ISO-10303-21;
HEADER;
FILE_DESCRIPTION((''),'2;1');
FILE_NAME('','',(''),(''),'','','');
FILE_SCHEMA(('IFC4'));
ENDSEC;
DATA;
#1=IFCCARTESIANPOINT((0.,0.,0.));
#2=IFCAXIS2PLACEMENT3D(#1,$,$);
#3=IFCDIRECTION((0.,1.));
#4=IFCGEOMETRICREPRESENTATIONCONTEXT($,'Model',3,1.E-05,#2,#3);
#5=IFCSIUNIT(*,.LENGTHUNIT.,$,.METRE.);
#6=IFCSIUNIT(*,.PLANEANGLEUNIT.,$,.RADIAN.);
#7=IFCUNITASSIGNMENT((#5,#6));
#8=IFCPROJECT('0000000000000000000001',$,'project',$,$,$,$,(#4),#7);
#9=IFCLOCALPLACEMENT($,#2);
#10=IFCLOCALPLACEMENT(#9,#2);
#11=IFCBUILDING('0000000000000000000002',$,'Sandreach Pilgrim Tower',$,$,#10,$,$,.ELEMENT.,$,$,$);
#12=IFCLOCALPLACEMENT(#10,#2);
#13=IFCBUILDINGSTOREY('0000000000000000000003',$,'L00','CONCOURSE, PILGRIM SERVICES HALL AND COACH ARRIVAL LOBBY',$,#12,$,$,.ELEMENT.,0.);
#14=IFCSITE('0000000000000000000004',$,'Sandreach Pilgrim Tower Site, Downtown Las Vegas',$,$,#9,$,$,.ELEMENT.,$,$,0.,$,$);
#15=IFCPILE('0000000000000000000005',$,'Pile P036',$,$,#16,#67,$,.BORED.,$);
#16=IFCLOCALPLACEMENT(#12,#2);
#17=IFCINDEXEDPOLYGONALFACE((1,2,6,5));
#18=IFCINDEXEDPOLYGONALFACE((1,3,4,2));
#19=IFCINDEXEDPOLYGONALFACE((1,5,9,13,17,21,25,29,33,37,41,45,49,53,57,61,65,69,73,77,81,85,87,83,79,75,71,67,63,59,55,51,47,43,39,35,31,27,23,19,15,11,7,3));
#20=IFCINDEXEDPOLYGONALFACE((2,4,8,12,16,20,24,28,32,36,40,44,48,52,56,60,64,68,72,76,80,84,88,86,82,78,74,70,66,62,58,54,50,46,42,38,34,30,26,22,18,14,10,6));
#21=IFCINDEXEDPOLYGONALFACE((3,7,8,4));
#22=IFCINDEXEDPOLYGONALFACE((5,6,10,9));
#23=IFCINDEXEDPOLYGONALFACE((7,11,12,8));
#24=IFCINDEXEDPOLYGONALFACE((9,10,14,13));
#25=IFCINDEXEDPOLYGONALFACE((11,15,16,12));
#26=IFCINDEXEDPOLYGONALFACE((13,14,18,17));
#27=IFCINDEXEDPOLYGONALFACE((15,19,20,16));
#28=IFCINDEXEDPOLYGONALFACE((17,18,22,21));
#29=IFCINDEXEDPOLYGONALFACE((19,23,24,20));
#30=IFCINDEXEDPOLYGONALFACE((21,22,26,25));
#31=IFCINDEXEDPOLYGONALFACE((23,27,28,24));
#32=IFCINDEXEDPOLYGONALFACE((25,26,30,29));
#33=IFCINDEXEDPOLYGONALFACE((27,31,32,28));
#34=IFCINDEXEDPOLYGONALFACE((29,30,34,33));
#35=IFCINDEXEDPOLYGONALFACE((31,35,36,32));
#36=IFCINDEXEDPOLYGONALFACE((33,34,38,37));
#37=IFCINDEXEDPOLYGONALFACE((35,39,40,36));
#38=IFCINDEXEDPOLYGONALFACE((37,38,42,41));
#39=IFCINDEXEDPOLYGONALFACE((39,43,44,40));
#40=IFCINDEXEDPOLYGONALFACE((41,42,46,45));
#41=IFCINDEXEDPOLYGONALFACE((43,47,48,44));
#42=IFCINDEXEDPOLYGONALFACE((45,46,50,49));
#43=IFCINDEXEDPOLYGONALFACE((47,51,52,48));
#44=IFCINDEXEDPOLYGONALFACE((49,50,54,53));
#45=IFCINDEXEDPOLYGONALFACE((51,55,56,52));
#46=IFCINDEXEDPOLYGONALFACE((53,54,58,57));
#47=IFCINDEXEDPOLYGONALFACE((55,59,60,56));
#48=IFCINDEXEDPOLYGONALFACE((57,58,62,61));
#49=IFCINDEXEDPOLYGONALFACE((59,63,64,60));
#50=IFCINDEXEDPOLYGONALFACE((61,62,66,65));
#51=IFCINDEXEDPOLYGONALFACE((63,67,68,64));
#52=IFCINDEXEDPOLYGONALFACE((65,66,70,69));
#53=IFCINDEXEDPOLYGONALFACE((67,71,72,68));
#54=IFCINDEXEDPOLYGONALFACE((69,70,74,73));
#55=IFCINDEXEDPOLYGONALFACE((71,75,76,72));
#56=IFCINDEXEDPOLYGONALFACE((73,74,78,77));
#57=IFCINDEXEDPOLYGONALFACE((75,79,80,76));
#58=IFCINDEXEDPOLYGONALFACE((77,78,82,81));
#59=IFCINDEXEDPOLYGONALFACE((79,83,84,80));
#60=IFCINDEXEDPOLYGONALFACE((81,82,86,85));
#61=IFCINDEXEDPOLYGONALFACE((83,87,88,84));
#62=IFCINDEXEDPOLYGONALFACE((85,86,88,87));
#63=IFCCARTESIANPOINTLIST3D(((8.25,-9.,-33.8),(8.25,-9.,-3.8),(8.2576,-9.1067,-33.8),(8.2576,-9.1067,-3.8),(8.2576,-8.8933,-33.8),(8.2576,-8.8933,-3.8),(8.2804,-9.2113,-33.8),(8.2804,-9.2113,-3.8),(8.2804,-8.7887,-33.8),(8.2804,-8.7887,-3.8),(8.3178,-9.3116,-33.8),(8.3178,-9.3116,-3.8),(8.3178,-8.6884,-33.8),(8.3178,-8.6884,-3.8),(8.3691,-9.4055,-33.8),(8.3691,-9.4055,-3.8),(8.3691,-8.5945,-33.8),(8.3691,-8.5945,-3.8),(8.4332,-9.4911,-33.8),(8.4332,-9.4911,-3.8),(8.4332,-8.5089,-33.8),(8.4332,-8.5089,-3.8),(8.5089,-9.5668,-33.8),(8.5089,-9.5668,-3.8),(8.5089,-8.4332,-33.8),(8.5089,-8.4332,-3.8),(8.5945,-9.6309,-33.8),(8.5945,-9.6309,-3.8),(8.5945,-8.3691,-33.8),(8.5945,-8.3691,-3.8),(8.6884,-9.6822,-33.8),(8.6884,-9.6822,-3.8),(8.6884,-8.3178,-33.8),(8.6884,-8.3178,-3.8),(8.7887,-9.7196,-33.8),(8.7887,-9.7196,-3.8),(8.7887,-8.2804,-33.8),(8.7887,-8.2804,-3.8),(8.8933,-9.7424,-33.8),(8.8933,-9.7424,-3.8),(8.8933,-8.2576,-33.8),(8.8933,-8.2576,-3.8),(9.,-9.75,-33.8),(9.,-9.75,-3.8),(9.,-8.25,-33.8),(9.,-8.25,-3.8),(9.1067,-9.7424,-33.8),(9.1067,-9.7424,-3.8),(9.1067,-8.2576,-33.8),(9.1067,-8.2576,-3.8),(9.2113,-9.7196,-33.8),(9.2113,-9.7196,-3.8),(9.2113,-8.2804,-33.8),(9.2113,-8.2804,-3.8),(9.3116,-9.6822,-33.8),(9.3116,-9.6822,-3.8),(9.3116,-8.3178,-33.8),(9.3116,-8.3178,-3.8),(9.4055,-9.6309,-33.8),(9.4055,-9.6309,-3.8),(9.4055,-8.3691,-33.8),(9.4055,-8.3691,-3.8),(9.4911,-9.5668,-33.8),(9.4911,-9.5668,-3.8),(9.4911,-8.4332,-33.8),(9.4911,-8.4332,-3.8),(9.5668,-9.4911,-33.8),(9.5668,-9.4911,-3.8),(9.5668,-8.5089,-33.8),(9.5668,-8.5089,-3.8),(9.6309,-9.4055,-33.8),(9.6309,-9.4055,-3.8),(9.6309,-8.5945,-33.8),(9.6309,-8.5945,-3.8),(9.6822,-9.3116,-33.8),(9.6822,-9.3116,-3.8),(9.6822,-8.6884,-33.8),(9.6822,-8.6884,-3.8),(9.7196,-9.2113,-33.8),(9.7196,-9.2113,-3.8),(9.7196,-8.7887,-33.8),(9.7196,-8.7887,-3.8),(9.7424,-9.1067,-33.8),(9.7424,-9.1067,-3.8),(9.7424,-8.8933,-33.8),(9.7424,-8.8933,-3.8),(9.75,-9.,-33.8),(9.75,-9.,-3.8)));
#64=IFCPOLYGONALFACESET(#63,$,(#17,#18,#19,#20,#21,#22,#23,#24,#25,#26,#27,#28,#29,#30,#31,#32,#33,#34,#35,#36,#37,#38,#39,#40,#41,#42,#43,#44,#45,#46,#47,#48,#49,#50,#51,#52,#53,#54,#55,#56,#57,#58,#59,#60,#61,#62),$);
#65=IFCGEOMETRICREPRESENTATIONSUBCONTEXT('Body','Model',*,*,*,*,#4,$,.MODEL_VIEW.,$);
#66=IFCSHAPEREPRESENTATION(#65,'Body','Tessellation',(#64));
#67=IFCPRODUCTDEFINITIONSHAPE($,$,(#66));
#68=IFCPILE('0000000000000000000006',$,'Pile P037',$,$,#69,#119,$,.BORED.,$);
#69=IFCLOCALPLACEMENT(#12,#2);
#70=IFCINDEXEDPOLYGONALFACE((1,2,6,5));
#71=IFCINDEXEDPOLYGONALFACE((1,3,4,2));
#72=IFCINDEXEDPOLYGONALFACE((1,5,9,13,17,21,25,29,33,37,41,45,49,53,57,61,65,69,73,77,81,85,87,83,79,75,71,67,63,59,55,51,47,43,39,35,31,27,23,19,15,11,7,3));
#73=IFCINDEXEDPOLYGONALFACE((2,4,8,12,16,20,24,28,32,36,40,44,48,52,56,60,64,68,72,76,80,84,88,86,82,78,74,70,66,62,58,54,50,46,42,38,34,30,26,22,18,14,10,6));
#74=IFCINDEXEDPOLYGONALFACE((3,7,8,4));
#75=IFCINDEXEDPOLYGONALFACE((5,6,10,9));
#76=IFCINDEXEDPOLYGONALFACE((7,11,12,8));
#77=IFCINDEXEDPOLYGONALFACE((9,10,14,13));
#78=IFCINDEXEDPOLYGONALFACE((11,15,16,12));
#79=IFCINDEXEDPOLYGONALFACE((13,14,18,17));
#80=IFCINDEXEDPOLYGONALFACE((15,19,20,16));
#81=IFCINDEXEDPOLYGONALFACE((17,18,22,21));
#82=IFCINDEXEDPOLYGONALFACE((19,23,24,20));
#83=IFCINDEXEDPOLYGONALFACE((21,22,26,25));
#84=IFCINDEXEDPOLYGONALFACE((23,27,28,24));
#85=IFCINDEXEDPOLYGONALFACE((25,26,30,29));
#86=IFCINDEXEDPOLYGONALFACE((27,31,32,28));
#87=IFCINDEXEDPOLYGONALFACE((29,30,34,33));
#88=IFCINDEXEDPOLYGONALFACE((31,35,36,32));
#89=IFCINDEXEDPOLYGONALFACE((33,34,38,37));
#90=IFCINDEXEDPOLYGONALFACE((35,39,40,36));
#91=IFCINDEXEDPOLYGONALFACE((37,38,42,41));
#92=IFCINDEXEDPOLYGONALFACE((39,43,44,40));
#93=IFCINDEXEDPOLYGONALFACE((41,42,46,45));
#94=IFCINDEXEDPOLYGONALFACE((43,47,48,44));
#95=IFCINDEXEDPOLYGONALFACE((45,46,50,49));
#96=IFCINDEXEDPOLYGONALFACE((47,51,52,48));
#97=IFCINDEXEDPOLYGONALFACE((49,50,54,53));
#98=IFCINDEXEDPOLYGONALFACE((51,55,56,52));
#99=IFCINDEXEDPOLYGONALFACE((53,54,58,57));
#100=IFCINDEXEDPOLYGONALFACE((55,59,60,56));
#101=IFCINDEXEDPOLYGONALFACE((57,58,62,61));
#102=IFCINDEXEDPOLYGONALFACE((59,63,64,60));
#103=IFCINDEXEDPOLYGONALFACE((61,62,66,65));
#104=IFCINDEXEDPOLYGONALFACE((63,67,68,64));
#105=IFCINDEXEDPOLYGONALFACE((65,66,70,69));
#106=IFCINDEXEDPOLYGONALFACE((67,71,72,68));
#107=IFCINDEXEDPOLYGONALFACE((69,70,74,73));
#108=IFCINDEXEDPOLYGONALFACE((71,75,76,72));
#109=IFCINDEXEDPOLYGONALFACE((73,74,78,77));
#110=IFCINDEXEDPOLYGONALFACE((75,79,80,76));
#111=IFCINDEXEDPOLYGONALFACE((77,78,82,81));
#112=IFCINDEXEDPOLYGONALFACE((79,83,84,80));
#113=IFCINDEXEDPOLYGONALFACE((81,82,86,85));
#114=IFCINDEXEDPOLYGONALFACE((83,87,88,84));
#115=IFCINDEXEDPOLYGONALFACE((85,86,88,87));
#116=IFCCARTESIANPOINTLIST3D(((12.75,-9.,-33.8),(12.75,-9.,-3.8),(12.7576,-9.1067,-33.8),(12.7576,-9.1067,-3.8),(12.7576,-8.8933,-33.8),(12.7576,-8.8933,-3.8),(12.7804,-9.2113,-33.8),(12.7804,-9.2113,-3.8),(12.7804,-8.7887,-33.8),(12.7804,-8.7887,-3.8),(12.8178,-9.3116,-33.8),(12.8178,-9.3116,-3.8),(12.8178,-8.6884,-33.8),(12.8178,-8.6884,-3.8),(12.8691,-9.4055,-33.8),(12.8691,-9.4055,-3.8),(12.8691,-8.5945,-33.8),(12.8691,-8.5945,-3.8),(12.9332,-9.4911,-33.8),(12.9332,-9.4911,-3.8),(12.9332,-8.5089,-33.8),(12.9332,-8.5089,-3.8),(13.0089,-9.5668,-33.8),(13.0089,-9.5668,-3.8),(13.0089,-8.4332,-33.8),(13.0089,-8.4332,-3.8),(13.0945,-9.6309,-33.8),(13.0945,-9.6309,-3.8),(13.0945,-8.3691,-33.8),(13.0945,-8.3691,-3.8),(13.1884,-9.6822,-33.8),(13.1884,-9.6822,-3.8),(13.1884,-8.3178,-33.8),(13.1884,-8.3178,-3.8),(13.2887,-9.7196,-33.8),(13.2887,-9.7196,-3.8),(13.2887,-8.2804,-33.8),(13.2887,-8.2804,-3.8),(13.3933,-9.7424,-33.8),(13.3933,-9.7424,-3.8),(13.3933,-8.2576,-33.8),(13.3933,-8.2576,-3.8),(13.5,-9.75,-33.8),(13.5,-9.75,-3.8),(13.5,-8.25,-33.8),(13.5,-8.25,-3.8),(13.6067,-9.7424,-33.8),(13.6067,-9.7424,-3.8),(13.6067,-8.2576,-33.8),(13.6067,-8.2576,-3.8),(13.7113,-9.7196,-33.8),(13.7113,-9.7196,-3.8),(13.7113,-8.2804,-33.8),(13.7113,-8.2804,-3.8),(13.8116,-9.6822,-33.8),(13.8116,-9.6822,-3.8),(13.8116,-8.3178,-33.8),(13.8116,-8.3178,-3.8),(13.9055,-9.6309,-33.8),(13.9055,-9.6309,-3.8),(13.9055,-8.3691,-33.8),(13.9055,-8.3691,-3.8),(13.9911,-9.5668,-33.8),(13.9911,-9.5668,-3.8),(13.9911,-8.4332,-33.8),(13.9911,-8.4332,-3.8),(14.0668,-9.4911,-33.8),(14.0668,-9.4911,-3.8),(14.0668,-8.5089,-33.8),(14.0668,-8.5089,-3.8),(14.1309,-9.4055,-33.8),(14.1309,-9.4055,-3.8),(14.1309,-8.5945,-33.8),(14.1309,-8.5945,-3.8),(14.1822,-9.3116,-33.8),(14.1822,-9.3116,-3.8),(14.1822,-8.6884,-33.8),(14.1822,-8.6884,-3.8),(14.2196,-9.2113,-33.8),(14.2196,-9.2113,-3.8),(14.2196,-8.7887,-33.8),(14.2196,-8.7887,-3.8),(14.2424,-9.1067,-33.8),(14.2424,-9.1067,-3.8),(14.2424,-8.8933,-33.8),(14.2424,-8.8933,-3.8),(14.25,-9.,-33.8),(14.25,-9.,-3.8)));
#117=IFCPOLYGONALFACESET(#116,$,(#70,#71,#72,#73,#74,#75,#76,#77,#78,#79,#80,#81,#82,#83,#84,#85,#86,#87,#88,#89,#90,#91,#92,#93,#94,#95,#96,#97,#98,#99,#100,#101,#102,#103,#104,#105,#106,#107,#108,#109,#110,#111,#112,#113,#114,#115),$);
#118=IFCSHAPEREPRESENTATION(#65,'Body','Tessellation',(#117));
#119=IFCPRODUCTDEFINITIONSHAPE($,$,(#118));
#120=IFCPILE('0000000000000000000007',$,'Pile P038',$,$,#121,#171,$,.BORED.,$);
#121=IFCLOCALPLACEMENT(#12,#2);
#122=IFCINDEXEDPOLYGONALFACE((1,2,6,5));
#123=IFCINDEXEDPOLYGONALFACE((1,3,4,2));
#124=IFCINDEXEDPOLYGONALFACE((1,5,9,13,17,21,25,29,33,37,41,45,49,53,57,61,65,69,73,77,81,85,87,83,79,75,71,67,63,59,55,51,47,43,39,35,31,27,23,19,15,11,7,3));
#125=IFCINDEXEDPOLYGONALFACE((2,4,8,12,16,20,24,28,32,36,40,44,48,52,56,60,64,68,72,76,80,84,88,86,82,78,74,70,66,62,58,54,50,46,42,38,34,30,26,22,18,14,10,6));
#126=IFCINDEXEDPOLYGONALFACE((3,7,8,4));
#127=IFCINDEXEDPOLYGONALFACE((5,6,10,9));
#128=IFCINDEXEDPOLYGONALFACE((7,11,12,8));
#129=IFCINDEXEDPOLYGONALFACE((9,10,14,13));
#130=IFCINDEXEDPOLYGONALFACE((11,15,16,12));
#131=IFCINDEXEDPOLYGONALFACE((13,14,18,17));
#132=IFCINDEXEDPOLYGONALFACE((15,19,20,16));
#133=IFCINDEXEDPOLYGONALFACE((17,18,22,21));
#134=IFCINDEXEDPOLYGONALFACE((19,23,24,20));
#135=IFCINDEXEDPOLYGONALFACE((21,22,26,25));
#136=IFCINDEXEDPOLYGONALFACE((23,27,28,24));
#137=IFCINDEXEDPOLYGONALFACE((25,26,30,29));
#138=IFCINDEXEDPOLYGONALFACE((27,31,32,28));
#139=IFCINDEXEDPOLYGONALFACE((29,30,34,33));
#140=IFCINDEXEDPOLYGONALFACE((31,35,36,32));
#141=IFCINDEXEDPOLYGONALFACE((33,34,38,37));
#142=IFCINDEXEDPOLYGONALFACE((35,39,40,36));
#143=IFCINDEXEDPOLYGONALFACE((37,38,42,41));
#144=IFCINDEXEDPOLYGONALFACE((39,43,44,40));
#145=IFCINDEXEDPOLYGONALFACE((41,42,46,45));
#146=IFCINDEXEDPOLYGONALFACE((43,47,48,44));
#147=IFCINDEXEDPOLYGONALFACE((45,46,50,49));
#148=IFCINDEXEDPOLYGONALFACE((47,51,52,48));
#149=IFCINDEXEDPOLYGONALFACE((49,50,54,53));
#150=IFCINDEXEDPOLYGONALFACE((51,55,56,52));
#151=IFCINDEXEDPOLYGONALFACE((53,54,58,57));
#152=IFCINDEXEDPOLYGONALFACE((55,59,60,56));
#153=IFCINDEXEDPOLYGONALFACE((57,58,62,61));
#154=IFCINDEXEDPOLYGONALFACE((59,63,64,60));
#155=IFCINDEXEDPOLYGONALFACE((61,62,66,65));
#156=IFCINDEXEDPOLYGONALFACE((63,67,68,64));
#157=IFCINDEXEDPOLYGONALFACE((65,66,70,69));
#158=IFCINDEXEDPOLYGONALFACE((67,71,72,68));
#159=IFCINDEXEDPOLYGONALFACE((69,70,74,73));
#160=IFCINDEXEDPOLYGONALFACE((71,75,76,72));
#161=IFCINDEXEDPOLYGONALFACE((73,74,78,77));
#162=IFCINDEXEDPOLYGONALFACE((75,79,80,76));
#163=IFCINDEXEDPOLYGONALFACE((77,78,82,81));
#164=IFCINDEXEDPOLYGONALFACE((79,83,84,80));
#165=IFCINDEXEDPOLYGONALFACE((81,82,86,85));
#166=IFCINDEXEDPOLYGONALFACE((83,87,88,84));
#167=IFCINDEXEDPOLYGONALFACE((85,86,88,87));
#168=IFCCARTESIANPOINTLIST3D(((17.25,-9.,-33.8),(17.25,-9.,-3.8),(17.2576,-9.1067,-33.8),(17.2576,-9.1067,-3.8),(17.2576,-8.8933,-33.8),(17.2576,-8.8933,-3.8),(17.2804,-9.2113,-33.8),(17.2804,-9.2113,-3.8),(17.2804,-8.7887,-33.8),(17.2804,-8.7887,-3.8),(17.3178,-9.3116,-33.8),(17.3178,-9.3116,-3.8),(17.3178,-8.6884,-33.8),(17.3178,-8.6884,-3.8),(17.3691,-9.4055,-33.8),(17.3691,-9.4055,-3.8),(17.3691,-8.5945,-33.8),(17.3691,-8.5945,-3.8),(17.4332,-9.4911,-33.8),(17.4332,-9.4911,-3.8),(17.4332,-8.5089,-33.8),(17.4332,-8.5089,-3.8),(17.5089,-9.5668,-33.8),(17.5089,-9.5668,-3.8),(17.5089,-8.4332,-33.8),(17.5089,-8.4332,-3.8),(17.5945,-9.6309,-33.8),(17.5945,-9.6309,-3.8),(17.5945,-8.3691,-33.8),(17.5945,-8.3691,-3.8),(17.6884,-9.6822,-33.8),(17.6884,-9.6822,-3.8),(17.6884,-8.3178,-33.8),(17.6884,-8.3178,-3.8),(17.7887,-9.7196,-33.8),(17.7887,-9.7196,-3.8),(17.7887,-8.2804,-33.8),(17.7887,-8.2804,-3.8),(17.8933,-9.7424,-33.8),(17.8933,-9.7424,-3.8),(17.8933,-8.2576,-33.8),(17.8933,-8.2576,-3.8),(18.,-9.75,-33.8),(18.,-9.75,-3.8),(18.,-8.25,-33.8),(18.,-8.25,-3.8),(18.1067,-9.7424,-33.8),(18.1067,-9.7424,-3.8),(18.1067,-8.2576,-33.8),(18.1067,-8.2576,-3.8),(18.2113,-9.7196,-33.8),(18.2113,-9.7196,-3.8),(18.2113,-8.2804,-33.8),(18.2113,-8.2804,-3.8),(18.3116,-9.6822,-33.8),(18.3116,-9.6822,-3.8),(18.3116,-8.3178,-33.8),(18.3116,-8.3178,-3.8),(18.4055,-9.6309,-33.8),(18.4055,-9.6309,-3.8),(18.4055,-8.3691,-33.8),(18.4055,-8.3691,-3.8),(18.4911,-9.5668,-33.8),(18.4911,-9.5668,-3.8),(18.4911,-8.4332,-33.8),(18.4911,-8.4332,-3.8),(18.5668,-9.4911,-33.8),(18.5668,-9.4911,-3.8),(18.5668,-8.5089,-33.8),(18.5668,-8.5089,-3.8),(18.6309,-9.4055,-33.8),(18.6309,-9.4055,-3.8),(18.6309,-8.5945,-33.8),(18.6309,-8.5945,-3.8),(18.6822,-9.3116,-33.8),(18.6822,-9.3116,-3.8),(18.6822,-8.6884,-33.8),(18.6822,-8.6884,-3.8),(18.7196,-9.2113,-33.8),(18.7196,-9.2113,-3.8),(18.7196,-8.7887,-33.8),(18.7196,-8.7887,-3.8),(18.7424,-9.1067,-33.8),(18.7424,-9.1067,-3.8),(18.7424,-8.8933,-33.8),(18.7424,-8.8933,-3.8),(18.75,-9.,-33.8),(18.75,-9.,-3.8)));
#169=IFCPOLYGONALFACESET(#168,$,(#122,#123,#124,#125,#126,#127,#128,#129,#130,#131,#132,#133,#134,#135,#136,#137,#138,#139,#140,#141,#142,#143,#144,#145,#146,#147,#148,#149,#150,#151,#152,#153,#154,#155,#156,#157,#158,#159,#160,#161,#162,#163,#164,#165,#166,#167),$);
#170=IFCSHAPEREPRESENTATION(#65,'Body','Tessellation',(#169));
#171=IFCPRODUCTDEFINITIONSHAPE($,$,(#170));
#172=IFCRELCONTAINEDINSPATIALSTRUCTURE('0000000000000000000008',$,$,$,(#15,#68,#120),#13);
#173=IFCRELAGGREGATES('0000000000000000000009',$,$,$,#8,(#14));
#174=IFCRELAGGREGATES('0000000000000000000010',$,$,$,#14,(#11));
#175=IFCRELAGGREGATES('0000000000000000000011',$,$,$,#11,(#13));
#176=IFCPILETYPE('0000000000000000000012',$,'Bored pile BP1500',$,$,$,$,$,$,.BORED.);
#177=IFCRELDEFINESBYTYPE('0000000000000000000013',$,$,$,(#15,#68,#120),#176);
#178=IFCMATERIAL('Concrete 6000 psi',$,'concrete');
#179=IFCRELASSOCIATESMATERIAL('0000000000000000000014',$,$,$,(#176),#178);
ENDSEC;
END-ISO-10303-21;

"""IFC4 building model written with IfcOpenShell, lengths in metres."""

from ifc_helpers import new_model, si_unit, direction, frame, origin, origin_2d, place, context, subcontext, project, spatial, circle, extrude, material, material_profile, profile_set, type_object, element, save


model = new_model("IFC4")

# Units and contexts
model_context = context("Model", 3, precision=1e-05, world=origin(), true_north=direction((0.0, 1.0)))
body_context = subcontext(model_context, "Body", "Model", "MODEL_VIEW")
ifc_project = project(units=[si_unit("LENGTHUNIT", "METRE"), si_unit("PLANEANGLEUNIT", "RADIAN")], contexts=[model_context])

# Site, building, storey
site_placement = place(None, origin())
site = spatial("IfcSite", under=ifc_project, at=site_placement, Name="Sandreach Pilgrim Tower Site, Downtown Las Vegas", CompositionType="ELEMENT", RefElevation=0.0)
building_placement = place(site_placement, origin())
building = spatial("IfcBuilding", under=site, at=building_placement, Name="Sandreach Pilgrim Tower", CompositionType="ELEMENT")
storey_placement = place(building_placement, origin())
storey = spatial("IfcBuildingStorey", under=building, at=storey_placement, Name="L00", Description="CONCOURSE, PILGRIM SERVICES HALL AND COACH ARRIVAL LOBBY", CompositionType="ELEMENT", Elevation=0.0)

# Piles
ifc_material_1 = material(Name="Concrete 6000 psi", Category="concrete")
ifc_material_profile_1 = material_profile(ifc_material_1, circle(Radius=0.75, at=origin_2d()), Name="BP1500")
ifc_profile_set_1 = profile_set([ifc_material_profile_1], Name="Concrete 6000 psi")
pile_type = type_object("IfcPileType", Name="Bored pile BP1500", PredefinedType="BORED", material=ifc_profile_set_1)
for number, where, z_axis, x_axis, name in (
    (1, (9.0, -9.0, -3.8), (0.0, 0.0, -1.0), (1.0, 0.0, 0.0), "Pile P036"),
    (2, (13.5, -9.0, -3.8), (0.0, 0.0, -1.0), (1.0, 0.0, 0.0), "Pile P037"),
    (3, (18.0, -9.0, -3.8), (0.0, 0.0, -1.0), (1.0, 0.0, 0.0), "Pile P038"),
):
    element("IfcPile", number, at=place(storey_placement, frame(where, z_axis=z_axis, x_axis=x_axis)), inside=storey, type_object=pile_type, Name=name, PredefinedType="BORED", context=body_context, shape_type="SweptSolid", body=[
        extrude(circle(Radius=0.75, at=origin_2d()), origin(), (0.0, 0.0, 1.0), 30.0),
    ])

save(model, "model.ifc")
